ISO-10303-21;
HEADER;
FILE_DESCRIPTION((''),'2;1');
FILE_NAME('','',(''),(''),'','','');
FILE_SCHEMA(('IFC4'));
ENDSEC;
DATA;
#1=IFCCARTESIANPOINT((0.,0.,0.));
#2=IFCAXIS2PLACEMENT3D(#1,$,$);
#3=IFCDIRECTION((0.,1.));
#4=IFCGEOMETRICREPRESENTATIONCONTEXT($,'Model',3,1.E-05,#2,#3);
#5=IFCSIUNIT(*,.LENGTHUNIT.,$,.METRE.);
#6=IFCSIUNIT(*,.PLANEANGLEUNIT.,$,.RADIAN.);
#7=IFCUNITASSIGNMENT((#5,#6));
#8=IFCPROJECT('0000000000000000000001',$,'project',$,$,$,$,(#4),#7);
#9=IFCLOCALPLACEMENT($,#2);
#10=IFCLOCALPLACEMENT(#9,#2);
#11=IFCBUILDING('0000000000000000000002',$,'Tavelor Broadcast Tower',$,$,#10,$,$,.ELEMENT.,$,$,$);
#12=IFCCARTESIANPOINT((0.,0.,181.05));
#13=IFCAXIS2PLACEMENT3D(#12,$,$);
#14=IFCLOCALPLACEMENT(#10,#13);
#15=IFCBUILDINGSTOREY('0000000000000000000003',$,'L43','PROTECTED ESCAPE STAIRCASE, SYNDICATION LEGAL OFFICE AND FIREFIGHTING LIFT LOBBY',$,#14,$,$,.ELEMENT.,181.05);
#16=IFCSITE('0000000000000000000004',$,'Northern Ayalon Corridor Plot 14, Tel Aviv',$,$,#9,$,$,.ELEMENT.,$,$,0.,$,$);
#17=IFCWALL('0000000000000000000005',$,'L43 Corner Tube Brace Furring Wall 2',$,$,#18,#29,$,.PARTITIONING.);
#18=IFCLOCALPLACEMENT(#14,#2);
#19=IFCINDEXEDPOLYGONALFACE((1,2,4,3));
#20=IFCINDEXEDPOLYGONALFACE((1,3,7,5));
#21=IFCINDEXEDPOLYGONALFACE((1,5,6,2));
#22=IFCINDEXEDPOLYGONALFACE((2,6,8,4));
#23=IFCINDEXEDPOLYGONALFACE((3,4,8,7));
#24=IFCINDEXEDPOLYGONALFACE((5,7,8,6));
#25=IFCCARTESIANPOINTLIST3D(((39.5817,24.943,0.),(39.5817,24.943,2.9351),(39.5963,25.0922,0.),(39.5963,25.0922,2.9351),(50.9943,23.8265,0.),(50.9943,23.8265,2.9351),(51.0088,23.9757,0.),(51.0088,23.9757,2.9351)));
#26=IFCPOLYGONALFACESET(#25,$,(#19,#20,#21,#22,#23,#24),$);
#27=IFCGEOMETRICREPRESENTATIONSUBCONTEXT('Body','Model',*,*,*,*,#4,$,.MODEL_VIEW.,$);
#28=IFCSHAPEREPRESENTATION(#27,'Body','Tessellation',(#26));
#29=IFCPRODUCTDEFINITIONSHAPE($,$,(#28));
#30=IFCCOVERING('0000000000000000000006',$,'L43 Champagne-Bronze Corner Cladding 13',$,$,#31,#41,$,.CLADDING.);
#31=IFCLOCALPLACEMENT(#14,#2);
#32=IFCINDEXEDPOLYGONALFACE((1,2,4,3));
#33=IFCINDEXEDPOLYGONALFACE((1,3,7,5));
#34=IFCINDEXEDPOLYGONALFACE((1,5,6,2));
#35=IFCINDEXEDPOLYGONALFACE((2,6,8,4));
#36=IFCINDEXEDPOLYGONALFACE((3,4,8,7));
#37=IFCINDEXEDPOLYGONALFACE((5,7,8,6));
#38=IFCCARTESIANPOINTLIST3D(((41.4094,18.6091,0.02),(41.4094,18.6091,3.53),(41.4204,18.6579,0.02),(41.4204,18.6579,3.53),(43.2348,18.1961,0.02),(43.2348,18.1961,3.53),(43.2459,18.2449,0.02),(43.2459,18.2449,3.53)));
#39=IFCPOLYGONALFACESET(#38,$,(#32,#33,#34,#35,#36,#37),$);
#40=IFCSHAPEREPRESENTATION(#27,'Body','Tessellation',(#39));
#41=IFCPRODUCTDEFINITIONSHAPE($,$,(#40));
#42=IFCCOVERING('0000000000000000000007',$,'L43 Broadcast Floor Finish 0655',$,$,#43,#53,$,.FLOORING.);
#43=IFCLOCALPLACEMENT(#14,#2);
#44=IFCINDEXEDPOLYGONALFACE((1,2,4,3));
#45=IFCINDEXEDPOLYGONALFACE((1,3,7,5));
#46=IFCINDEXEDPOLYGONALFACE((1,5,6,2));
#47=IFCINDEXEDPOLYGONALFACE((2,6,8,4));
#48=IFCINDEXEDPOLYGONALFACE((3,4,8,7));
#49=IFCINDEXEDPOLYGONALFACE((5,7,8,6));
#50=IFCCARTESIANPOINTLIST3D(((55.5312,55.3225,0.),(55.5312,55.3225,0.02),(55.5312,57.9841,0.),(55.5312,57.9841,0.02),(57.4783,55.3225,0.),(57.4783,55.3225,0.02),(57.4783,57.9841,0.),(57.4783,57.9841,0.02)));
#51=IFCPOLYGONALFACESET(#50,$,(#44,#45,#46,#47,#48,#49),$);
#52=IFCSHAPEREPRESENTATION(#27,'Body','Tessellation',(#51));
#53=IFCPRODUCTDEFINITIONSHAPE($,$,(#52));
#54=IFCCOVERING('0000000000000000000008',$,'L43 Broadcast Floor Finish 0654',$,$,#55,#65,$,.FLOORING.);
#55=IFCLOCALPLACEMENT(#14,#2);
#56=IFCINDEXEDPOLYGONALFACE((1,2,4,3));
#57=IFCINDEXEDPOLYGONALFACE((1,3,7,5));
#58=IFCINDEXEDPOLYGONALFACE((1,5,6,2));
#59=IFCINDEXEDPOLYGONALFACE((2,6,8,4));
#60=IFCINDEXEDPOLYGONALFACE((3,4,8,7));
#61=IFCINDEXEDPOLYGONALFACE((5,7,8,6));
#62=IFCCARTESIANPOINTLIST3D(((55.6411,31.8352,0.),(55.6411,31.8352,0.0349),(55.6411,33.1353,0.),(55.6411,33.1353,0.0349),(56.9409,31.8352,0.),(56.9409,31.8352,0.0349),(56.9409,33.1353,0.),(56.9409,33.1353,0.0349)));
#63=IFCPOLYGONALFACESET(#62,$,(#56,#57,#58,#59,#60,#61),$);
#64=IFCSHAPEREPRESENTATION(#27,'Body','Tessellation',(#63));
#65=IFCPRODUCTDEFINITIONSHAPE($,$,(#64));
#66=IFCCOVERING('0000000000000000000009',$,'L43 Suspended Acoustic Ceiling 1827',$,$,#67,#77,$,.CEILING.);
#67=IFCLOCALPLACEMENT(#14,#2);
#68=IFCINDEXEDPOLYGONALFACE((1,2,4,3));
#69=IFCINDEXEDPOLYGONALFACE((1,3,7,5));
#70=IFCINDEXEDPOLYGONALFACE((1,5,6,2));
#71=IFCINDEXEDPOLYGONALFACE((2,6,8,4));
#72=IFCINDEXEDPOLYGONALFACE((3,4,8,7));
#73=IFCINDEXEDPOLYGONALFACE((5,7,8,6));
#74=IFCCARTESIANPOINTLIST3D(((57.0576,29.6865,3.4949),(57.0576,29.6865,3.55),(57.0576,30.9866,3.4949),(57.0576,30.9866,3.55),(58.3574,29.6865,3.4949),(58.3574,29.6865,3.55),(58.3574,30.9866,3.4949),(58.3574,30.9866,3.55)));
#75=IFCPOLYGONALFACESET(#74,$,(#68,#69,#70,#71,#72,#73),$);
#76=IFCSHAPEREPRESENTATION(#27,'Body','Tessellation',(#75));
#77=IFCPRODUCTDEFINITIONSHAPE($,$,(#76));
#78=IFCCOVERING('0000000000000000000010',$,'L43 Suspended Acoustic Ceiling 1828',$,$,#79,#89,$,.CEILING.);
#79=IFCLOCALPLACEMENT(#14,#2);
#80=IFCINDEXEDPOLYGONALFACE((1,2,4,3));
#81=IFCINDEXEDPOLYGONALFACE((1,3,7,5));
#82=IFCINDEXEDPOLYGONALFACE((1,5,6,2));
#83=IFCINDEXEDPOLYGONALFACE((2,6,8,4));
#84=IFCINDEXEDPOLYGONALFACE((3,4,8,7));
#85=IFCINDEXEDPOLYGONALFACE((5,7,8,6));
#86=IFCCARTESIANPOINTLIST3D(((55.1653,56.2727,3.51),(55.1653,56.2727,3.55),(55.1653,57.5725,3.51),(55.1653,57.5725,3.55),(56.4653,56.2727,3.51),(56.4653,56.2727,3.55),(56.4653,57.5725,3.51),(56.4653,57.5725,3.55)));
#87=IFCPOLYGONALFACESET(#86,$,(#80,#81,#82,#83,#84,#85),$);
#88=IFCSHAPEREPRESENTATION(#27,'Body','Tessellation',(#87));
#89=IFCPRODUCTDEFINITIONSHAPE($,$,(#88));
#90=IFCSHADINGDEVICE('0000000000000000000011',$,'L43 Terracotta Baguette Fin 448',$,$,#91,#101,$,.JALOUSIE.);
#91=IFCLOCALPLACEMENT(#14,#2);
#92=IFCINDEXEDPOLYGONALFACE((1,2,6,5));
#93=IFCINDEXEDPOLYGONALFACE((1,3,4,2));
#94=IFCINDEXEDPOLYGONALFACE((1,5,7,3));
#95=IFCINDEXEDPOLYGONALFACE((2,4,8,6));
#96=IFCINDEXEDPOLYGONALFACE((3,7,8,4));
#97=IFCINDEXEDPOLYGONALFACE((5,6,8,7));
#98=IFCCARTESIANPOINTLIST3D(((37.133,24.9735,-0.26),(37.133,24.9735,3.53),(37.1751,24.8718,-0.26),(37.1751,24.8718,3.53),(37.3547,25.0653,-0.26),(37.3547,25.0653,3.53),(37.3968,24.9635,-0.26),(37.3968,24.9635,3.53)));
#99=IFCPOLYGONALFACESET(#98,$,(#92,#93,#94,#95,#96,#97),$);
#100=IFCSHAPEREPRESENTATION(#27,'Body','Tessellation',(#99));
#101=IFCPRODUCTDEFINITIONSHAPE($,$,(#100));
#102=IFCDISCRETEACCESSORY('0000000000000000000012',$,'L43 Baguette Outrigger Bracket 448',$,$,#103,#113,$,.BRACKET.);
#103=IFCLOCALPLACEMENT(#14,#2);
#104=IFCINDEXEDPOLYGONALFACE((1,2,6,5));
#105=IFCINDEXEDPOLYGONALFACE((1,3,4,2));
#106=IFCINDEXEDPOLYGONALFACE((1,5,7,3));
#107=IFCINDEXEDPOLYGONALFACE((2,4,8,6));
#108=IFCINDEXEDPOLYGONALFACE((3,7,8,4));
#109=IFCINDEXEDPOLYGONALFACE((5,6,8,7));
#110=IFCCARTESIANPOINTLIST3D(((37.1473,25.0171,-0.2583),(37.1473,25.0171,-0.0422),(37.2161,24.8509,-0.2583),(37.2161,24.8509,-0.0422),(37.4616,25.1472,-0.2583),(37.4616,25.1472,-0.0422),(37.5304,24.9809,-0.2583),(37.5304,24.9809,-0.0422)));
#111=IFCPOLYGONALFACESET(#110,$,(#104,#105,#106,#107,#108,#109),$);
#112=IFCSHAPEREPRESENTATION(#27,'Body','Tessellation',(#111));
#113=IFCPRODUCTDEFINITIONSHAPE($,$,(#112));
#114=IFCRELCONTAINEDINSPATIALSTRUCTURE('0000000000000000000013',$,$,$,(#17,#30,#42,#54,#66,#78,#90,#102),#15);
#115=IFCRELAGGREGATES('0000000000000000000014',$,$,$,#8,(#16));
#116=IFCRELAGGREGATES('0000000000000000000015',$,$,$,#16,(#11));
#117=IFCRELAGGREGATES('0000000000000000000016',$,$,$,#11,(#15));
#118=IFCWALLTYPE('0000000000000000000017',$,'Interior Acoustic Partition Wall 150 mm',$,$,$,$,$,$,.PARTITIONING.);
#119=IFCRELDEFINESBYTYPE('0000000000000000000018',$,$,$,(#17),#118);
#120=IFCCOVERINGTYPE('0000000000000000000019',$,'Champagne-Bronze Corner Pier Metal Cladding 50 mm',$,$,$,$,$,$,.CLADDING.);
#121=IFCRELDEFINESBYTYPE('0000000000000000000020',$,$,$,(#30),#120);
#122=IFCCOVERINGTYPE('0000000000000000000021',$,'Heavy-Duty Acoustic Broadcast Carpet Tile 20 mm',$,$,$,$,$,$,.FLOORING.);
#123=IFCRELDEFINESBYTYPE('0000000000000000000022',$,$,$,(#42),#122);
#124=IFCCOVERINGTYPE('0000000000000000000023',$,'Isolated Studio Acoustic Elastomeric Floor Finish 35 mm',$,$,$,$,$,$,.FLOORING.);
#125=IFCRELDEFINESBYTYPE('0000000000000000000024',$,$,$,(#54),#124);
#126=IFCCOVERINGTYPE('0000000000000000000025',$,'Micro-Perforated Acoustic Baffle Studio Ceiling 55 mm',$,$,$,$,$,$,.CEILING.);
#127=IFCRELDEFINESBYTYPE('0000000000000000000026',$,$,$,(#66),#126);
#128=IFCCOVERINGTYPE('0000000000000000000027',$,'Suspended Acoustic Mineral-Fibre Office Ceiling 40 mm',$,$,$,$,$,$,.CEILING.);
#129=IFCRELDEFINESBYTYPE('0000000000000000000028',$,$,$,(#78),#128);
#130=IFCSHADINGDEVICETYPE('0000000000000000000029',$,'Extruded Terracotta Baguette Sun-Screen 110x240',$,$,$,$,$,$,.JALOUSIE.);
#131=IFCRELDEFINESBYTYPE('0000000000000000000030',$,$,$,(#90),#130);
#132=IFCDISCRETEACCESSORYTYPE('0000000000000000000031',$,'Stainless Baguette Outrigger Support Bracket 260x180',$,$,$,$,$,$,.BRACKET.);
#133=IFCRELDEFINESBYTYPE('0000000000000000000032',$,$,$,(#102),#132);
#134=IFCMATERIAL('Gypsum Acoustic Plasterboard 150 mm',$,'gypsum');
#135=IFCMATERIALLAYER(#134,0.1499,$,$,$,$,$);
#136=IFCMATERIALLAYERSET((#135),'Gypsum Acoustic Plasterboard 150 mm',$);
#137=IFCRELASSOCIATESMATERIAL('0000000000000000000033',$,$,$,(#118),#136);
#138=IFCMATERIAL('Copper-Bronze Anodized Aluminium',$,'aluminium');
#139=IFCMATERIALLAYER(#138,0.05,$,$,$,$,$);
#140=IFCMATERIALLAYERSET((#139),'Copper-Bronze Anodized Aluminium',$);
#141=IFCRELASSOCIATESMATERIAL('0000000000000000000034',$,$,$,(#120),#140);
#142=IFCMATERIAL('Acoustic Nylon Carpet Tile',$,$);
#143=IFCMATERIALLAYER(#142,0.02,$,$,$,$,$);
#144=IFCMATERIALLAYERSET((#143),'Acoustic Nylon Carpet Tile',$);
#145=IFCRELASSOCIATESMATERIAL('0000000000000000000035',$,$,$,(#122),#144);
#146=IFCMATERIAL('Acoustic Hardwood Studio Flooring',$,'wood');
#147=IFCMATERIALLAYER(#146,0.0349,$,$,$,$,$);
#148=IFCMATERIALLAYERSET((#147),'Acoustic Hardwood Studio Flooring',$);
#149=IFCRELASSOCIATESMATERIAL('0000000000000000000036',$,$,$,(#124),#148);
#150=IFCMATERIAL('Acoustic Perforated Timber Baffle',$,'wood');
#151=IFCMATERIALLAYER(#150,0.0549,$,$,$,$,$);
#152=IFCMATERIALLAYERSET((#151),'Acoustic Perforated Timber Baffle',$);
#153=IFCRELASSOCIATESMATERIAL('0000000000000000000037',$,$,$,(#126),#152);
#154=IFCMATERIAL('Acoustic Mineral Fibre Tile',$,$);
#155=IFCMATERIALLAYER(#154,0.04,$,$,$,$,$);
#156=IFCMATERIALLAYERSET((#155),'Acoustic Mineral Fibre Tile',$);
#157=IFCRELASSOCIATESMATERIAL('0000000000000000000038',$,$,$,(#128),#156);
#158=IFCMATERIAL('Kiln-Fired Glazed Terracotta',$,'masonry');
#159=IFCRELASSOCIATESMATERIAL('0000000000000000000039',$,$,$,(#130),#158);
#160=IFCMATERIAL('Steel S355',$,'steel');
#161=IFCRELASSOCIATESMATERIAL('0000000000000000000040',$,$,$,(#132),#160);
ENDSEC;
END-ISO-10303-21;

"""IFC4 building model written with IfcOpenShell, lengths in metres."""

from ifc_helpers import new_model, si_unit, direction, frame, frame_2d, origin, origin_2d, place, context, subcontext, project, spatial, polyline, rectangle, outline, extrude, source, transform, mapped, material, layer, layer_set, type_object, type_shapes, element, save


model = new_model("IFC4")

# Units and contexts
model_context = context("Model", 3, precision=1e-05, world=origin(), true_north=direction((0.0, 1.0)))
body_context = subcontext(model_context, "Body", "Model", "MODEL_VIEW")
ifc_project = project(units=[si_unit("LENGTHUNIT", "METRE"), si_unit("PLANEANGLEUNIT", "RADIAN")], contexts=[model_context])

# Site, building, storey
site_placement = place(None, origin())
site = spatial("IfcSite", under=ifc_project, at=site_placement, Name="Northern Ayalon Corridor Plot 14, Tel Aviv", CompositionType="ELEMENT", RefElevation=0.0)
building_placement = place(site_placement, origin())
building = spatial("IfcBuilding", under=site, at=building_placement, Name="Tavelor Broadcast Tower", CompositionType="ELEMENT")
storey_placement = place(building_placement, frame((0.0, 0.0, 181.05)))
storey = spatial("IfcBuildingStorey", under=building, at=storey_placement, Name="L43", Description="PROTECTED ESCAPE STAIRCASE, SYNDICATION LEGAL OFFICE AND FIREFIGHTING LIFT LOBBY", CompositionType="ELEMENT", Elevation=181.05)

# Shared definitions
ifc_material_1 = material(Name="Steel S355", Category="steel")

# Wall
ifc_material_2 = material(Name="Gypsum Acoustic Plasterboard 150 mm", Category="gypsum")
ifc_layer_1 = layer(ifc_material_2, 0.1499)
ifc_layer_set_1 = layer_set([ifc_layer_1], Name="Gypsum Acoustic Plasterboard 150 mm")
wall_type_1 = type_object("IfcWallType", Name="Interior Acoustic Partition Wall 150 mm", PredefinedType="PARTITIONING", material=ifc_layer_set_1)
wall_1_placement = place(storey_placement, frame((39.5891, 25.0176, 0.0), z_axis=(0.0, 0.0, 1.0), x_axis=(0.995249, -0.097362, 0.0)))
element("IfcWall", 1, at=wall_1_placement, inside=storey, type_object=wall_type_1, Name="L43 Corner Tube Brace Furring Wall 2", PredefinedType="PARTITIONING", context=body_context, shape_type="SweptSolid", body=[
    extrude(rectangle(XDim=11.467, YDim=0.1499, at=frame_2d((5.7334, 0.0))), origin(), (0.0, 0.0, 1.0), 2.9351),
])

# Coverings
ifc_material_3 = material(Name="Copper-Bronze Anodized Aluminium", Category="aluminium")
ifc_layer_2 = layer(ifc_material_3, 0.05)
ifc_layer_set_2 = layer_set([ifc_layer_2], Name="Copper-Bronze Anodized Aluminium")
covering_type_1 = type_object("IfcCoveringType", Name="Champagne-Bronze Corner Pier Metal Cladding 50 mm", PredefinedType="CLADDING", material=ifc_layer_set_2)
covering_1_placement = place(storey_placement, frame((42.3276, 18.427, 0.02), z_axis=(0.0, 0.0, 1.0), x_axis=(0.975342, -0.220697, 0.0)))
element("IfcCovering", 2, at=covering_1_placement, inside=storey, type_object=covering_type_1, Name="L43 Champagne-Bronze Corner Cladding 13", PredefinedType="CLADDING", context=body_context, shape_type="SweptSolid", body=[
    extrude(rectangle(XDim=1.8716, YDim=0.05, at=origin_2d()), origin(), (0.0, 0.0, 1.0), 3.51),
])
ifc_material_4 = material(Name="Acoustic Nylon Carpet Tile")
ifc_layer_3 = layer(ifc_material_4, 0.02)
ifc_layer_set_3 = layer_set([ifc_layer_3], Name="Acoustic Nylon Carpet Tile")
covering_type_2 = type_object("IfcCoveringType", Name="Heavy-Duty Acoustic Broadcast Carpet Tile 20 mm", PredefinedType="FLOORING", material=ifc_layer_set_3)
covering_2_placement = place(storey_placement, origin())
element("IfcCovering", 3, at=covering_2_placement, inside=storey, type_object=covering_type_2, Name="L43 Broadcast Floor Finish 0655", PredefinedType="FLOORING", context=body_context, shape_type="SweptSolid", body=[
    extrude(outline(polyline([(55.5312, 55.3225), (57.4783, 55.3225), (57.4783, 57.9841), (55.5312, 57.9841), (55.5312, 55.3225)])), origin(), (0.0, 0.0, 1.0), 0.02),
])
ifc_material_5 = material(Name="Acoustic Hardwood Studio Flooring", Category="wood")
ifc_layer_4 = layer(ifc_material_5, 0.0349)
ifc_layer_set_4 = layer_set([ifc_layer_4], Name="Acoustic Hardwood Studio Flooring")
covering_type_3 = type_object("IfcCoveringType", Name="Isolated Studio Acoustic Elastomeric Floor Finish 35 mm", PredefinedType="FLOORING", material=ifc_layer_set_4)
covering_3_placement = place(storey_placement, origin())
element("IfcCovering", 4, at=covering_3_placement, inside=storey, type_object=covering_type_3, Name="L43 Broadcast Floor Finish 0654", PredefinedType="FLOORING", context=body_context, shape_type="SweptSolid", body=[
    extrude(outline(polyline([(55.6411, 31.8352), (56.9409, 31.8352), (56.9409, 33.1353), (55.6411, 33.1353), (55.6411, 31.8352)])), origin(), (0.0, 0.0, 1.0), 0.0349),
])
ifc_material_6 = material(Name="Acoustic Perforated Timber Baffle", Category="wood")
ifc_layer_5 = layer(ifc_material_6, 0.0549)
ifc_layer_set_5 = layer_set([ifc_layer_5], Name="Acoustic Perforated Timber Baffle")
covering_type_4 = type_object("IfcCoveringType", Name="Micro-Perforated Acoustic Baffle Studio Ceiling 55 mm", PredefinedType="CEILING", material=ifc_layer_set_5)
covering_4_placement = place(storey_placement, frame((0.0, 0.0, 3.4949)))
element("IfcCovering", 5, at=covering_4_placement, inside=storey, type_object=covering_type_4, Name="L43 Suspended Acoustic Ceiling 1827", PredefinedType="CEILING", context=body_context, shape_type="SweptSolid", body=[
    extrude(outline(polyline([(57.0576, 29.6865), (58.3574, 29.6865), (58.3574, 30.9866), (57.0576, 30.9866), (57.0576, 29.6865)])), origin(), (0.0, 0.0, 1.0), 0.0552),
])
ifc_material_7 = material(Name="Acoustic Mineral Fibre Tile")
ifc_layer_6 = layer(ifc_material_7, 0.04)
ifc_layer_set_6 = layer_set([ifc_layer_6], Name="Acoustic Mineral Fibre Tile")
covering_type_5 = type_object("IfcCoveringType", Name="Suspended Acoustic Mineral-Fibre Office Ceiling 40 mm", PredefinedType="CEILING", material=ifc_layer_set_6)
covering_5_placement = place(storey_placement, frame((0.0, 0.0, 3.51)))
element("IfcCovering", 6, at=covering_5_placement, inside=storey, type_object=covering_type_5, Name="L43 Suspended Acoustic Ceiling 1828", PredefinedType="CEILING", context=body_context, shape_type="SweptSolid", body=[
    extrude(outline(polyline([(55.1653, 56.2727), (56.4653, 56.2727), (56.4653, 57.5725), (55.1653, 57.5725), (55.1653, 56.2727)])), origin(), (0.0, 0.0, 1.0), 0.04),
])

# Shading device
ifc_material_8 = material(Name="Kiln-Fired Glazed Terracotta", Category="masonry")
shading_device_type = type_object("IfcShadingDeviceType", Name="Extruded Terracotta Baguette Sun-Screen 110x240", PredefinedType="JALOUSIE", material=ifc_material_8)
shared_shape_1 = source(origin(), body_context, "Body", "SweptSolid", [
    extrude(rectangle(XDim=0.1101, YDim=0.24, at=origin_2d()), origin(), (0.0, 0.0, 1.0), 3.79),
])
type_shapes(shading_device_type, [shared_shape_1])
shading_device_placement = place(storey_placement, frame((37.2649, 24.9685, -0.26), z_axis=(0.0, 0.0, 1.0), x_axis=(0.382361, -0.924013, 0.0)))
element("IfcShadingDevice", 7, at=shading_device_placement, inside=storey, type_object=shading_device_type, Name="L43 Terracotta Baguette Fin 448", PredefinedType="JALOUSIE", context=body_context, shape_type="MappedRepresentation", body=[
    mapped(shared_shape_1, transform((0.0, 0.0, 0.0), scale=1.0)),
])

# Discrete accessory
discrete_accessory_type = type_object("IfcDiscreteAccessoryType", Name="Stainless Baguette Outrigger Support Bracket 260x180", PredefinedType="BRACKET", material=ifc_material_1)
shared_shape_2 = source(origin(), body_context, "Body", "SweptSolid", [
    extrude(rectangle(XDim=0.1799, YDim=0.3401, at=origin_2d()), origin(), (0.0, 0.0, 1.0), 0.2161),
])
type_shapes(discrete_accessory_type, [shared_shape_2])
discrete_accessory_placement = place(storey_placement, frame((37.3389, 24.999, -0.2583), z_axis=(0.0, 0.0, 1.0), x_axis=(0.382361, -0.924013, 0.0)))
element("IfcDiscreteAccessory", 8, at=discrete_accessory_placement, inside=storey, type_object=discrete_accessory_type, Name="L43 Baguette Outrigger Bracket 448", PredefinedType="BRACKET", context=body_context, shape_type="MappedRepresentation", body=[
    mapped(shared_shape_2, transform((0.0, 0.0, 0.0), scale=1.0)),
])

save(model, "model.ifc")
